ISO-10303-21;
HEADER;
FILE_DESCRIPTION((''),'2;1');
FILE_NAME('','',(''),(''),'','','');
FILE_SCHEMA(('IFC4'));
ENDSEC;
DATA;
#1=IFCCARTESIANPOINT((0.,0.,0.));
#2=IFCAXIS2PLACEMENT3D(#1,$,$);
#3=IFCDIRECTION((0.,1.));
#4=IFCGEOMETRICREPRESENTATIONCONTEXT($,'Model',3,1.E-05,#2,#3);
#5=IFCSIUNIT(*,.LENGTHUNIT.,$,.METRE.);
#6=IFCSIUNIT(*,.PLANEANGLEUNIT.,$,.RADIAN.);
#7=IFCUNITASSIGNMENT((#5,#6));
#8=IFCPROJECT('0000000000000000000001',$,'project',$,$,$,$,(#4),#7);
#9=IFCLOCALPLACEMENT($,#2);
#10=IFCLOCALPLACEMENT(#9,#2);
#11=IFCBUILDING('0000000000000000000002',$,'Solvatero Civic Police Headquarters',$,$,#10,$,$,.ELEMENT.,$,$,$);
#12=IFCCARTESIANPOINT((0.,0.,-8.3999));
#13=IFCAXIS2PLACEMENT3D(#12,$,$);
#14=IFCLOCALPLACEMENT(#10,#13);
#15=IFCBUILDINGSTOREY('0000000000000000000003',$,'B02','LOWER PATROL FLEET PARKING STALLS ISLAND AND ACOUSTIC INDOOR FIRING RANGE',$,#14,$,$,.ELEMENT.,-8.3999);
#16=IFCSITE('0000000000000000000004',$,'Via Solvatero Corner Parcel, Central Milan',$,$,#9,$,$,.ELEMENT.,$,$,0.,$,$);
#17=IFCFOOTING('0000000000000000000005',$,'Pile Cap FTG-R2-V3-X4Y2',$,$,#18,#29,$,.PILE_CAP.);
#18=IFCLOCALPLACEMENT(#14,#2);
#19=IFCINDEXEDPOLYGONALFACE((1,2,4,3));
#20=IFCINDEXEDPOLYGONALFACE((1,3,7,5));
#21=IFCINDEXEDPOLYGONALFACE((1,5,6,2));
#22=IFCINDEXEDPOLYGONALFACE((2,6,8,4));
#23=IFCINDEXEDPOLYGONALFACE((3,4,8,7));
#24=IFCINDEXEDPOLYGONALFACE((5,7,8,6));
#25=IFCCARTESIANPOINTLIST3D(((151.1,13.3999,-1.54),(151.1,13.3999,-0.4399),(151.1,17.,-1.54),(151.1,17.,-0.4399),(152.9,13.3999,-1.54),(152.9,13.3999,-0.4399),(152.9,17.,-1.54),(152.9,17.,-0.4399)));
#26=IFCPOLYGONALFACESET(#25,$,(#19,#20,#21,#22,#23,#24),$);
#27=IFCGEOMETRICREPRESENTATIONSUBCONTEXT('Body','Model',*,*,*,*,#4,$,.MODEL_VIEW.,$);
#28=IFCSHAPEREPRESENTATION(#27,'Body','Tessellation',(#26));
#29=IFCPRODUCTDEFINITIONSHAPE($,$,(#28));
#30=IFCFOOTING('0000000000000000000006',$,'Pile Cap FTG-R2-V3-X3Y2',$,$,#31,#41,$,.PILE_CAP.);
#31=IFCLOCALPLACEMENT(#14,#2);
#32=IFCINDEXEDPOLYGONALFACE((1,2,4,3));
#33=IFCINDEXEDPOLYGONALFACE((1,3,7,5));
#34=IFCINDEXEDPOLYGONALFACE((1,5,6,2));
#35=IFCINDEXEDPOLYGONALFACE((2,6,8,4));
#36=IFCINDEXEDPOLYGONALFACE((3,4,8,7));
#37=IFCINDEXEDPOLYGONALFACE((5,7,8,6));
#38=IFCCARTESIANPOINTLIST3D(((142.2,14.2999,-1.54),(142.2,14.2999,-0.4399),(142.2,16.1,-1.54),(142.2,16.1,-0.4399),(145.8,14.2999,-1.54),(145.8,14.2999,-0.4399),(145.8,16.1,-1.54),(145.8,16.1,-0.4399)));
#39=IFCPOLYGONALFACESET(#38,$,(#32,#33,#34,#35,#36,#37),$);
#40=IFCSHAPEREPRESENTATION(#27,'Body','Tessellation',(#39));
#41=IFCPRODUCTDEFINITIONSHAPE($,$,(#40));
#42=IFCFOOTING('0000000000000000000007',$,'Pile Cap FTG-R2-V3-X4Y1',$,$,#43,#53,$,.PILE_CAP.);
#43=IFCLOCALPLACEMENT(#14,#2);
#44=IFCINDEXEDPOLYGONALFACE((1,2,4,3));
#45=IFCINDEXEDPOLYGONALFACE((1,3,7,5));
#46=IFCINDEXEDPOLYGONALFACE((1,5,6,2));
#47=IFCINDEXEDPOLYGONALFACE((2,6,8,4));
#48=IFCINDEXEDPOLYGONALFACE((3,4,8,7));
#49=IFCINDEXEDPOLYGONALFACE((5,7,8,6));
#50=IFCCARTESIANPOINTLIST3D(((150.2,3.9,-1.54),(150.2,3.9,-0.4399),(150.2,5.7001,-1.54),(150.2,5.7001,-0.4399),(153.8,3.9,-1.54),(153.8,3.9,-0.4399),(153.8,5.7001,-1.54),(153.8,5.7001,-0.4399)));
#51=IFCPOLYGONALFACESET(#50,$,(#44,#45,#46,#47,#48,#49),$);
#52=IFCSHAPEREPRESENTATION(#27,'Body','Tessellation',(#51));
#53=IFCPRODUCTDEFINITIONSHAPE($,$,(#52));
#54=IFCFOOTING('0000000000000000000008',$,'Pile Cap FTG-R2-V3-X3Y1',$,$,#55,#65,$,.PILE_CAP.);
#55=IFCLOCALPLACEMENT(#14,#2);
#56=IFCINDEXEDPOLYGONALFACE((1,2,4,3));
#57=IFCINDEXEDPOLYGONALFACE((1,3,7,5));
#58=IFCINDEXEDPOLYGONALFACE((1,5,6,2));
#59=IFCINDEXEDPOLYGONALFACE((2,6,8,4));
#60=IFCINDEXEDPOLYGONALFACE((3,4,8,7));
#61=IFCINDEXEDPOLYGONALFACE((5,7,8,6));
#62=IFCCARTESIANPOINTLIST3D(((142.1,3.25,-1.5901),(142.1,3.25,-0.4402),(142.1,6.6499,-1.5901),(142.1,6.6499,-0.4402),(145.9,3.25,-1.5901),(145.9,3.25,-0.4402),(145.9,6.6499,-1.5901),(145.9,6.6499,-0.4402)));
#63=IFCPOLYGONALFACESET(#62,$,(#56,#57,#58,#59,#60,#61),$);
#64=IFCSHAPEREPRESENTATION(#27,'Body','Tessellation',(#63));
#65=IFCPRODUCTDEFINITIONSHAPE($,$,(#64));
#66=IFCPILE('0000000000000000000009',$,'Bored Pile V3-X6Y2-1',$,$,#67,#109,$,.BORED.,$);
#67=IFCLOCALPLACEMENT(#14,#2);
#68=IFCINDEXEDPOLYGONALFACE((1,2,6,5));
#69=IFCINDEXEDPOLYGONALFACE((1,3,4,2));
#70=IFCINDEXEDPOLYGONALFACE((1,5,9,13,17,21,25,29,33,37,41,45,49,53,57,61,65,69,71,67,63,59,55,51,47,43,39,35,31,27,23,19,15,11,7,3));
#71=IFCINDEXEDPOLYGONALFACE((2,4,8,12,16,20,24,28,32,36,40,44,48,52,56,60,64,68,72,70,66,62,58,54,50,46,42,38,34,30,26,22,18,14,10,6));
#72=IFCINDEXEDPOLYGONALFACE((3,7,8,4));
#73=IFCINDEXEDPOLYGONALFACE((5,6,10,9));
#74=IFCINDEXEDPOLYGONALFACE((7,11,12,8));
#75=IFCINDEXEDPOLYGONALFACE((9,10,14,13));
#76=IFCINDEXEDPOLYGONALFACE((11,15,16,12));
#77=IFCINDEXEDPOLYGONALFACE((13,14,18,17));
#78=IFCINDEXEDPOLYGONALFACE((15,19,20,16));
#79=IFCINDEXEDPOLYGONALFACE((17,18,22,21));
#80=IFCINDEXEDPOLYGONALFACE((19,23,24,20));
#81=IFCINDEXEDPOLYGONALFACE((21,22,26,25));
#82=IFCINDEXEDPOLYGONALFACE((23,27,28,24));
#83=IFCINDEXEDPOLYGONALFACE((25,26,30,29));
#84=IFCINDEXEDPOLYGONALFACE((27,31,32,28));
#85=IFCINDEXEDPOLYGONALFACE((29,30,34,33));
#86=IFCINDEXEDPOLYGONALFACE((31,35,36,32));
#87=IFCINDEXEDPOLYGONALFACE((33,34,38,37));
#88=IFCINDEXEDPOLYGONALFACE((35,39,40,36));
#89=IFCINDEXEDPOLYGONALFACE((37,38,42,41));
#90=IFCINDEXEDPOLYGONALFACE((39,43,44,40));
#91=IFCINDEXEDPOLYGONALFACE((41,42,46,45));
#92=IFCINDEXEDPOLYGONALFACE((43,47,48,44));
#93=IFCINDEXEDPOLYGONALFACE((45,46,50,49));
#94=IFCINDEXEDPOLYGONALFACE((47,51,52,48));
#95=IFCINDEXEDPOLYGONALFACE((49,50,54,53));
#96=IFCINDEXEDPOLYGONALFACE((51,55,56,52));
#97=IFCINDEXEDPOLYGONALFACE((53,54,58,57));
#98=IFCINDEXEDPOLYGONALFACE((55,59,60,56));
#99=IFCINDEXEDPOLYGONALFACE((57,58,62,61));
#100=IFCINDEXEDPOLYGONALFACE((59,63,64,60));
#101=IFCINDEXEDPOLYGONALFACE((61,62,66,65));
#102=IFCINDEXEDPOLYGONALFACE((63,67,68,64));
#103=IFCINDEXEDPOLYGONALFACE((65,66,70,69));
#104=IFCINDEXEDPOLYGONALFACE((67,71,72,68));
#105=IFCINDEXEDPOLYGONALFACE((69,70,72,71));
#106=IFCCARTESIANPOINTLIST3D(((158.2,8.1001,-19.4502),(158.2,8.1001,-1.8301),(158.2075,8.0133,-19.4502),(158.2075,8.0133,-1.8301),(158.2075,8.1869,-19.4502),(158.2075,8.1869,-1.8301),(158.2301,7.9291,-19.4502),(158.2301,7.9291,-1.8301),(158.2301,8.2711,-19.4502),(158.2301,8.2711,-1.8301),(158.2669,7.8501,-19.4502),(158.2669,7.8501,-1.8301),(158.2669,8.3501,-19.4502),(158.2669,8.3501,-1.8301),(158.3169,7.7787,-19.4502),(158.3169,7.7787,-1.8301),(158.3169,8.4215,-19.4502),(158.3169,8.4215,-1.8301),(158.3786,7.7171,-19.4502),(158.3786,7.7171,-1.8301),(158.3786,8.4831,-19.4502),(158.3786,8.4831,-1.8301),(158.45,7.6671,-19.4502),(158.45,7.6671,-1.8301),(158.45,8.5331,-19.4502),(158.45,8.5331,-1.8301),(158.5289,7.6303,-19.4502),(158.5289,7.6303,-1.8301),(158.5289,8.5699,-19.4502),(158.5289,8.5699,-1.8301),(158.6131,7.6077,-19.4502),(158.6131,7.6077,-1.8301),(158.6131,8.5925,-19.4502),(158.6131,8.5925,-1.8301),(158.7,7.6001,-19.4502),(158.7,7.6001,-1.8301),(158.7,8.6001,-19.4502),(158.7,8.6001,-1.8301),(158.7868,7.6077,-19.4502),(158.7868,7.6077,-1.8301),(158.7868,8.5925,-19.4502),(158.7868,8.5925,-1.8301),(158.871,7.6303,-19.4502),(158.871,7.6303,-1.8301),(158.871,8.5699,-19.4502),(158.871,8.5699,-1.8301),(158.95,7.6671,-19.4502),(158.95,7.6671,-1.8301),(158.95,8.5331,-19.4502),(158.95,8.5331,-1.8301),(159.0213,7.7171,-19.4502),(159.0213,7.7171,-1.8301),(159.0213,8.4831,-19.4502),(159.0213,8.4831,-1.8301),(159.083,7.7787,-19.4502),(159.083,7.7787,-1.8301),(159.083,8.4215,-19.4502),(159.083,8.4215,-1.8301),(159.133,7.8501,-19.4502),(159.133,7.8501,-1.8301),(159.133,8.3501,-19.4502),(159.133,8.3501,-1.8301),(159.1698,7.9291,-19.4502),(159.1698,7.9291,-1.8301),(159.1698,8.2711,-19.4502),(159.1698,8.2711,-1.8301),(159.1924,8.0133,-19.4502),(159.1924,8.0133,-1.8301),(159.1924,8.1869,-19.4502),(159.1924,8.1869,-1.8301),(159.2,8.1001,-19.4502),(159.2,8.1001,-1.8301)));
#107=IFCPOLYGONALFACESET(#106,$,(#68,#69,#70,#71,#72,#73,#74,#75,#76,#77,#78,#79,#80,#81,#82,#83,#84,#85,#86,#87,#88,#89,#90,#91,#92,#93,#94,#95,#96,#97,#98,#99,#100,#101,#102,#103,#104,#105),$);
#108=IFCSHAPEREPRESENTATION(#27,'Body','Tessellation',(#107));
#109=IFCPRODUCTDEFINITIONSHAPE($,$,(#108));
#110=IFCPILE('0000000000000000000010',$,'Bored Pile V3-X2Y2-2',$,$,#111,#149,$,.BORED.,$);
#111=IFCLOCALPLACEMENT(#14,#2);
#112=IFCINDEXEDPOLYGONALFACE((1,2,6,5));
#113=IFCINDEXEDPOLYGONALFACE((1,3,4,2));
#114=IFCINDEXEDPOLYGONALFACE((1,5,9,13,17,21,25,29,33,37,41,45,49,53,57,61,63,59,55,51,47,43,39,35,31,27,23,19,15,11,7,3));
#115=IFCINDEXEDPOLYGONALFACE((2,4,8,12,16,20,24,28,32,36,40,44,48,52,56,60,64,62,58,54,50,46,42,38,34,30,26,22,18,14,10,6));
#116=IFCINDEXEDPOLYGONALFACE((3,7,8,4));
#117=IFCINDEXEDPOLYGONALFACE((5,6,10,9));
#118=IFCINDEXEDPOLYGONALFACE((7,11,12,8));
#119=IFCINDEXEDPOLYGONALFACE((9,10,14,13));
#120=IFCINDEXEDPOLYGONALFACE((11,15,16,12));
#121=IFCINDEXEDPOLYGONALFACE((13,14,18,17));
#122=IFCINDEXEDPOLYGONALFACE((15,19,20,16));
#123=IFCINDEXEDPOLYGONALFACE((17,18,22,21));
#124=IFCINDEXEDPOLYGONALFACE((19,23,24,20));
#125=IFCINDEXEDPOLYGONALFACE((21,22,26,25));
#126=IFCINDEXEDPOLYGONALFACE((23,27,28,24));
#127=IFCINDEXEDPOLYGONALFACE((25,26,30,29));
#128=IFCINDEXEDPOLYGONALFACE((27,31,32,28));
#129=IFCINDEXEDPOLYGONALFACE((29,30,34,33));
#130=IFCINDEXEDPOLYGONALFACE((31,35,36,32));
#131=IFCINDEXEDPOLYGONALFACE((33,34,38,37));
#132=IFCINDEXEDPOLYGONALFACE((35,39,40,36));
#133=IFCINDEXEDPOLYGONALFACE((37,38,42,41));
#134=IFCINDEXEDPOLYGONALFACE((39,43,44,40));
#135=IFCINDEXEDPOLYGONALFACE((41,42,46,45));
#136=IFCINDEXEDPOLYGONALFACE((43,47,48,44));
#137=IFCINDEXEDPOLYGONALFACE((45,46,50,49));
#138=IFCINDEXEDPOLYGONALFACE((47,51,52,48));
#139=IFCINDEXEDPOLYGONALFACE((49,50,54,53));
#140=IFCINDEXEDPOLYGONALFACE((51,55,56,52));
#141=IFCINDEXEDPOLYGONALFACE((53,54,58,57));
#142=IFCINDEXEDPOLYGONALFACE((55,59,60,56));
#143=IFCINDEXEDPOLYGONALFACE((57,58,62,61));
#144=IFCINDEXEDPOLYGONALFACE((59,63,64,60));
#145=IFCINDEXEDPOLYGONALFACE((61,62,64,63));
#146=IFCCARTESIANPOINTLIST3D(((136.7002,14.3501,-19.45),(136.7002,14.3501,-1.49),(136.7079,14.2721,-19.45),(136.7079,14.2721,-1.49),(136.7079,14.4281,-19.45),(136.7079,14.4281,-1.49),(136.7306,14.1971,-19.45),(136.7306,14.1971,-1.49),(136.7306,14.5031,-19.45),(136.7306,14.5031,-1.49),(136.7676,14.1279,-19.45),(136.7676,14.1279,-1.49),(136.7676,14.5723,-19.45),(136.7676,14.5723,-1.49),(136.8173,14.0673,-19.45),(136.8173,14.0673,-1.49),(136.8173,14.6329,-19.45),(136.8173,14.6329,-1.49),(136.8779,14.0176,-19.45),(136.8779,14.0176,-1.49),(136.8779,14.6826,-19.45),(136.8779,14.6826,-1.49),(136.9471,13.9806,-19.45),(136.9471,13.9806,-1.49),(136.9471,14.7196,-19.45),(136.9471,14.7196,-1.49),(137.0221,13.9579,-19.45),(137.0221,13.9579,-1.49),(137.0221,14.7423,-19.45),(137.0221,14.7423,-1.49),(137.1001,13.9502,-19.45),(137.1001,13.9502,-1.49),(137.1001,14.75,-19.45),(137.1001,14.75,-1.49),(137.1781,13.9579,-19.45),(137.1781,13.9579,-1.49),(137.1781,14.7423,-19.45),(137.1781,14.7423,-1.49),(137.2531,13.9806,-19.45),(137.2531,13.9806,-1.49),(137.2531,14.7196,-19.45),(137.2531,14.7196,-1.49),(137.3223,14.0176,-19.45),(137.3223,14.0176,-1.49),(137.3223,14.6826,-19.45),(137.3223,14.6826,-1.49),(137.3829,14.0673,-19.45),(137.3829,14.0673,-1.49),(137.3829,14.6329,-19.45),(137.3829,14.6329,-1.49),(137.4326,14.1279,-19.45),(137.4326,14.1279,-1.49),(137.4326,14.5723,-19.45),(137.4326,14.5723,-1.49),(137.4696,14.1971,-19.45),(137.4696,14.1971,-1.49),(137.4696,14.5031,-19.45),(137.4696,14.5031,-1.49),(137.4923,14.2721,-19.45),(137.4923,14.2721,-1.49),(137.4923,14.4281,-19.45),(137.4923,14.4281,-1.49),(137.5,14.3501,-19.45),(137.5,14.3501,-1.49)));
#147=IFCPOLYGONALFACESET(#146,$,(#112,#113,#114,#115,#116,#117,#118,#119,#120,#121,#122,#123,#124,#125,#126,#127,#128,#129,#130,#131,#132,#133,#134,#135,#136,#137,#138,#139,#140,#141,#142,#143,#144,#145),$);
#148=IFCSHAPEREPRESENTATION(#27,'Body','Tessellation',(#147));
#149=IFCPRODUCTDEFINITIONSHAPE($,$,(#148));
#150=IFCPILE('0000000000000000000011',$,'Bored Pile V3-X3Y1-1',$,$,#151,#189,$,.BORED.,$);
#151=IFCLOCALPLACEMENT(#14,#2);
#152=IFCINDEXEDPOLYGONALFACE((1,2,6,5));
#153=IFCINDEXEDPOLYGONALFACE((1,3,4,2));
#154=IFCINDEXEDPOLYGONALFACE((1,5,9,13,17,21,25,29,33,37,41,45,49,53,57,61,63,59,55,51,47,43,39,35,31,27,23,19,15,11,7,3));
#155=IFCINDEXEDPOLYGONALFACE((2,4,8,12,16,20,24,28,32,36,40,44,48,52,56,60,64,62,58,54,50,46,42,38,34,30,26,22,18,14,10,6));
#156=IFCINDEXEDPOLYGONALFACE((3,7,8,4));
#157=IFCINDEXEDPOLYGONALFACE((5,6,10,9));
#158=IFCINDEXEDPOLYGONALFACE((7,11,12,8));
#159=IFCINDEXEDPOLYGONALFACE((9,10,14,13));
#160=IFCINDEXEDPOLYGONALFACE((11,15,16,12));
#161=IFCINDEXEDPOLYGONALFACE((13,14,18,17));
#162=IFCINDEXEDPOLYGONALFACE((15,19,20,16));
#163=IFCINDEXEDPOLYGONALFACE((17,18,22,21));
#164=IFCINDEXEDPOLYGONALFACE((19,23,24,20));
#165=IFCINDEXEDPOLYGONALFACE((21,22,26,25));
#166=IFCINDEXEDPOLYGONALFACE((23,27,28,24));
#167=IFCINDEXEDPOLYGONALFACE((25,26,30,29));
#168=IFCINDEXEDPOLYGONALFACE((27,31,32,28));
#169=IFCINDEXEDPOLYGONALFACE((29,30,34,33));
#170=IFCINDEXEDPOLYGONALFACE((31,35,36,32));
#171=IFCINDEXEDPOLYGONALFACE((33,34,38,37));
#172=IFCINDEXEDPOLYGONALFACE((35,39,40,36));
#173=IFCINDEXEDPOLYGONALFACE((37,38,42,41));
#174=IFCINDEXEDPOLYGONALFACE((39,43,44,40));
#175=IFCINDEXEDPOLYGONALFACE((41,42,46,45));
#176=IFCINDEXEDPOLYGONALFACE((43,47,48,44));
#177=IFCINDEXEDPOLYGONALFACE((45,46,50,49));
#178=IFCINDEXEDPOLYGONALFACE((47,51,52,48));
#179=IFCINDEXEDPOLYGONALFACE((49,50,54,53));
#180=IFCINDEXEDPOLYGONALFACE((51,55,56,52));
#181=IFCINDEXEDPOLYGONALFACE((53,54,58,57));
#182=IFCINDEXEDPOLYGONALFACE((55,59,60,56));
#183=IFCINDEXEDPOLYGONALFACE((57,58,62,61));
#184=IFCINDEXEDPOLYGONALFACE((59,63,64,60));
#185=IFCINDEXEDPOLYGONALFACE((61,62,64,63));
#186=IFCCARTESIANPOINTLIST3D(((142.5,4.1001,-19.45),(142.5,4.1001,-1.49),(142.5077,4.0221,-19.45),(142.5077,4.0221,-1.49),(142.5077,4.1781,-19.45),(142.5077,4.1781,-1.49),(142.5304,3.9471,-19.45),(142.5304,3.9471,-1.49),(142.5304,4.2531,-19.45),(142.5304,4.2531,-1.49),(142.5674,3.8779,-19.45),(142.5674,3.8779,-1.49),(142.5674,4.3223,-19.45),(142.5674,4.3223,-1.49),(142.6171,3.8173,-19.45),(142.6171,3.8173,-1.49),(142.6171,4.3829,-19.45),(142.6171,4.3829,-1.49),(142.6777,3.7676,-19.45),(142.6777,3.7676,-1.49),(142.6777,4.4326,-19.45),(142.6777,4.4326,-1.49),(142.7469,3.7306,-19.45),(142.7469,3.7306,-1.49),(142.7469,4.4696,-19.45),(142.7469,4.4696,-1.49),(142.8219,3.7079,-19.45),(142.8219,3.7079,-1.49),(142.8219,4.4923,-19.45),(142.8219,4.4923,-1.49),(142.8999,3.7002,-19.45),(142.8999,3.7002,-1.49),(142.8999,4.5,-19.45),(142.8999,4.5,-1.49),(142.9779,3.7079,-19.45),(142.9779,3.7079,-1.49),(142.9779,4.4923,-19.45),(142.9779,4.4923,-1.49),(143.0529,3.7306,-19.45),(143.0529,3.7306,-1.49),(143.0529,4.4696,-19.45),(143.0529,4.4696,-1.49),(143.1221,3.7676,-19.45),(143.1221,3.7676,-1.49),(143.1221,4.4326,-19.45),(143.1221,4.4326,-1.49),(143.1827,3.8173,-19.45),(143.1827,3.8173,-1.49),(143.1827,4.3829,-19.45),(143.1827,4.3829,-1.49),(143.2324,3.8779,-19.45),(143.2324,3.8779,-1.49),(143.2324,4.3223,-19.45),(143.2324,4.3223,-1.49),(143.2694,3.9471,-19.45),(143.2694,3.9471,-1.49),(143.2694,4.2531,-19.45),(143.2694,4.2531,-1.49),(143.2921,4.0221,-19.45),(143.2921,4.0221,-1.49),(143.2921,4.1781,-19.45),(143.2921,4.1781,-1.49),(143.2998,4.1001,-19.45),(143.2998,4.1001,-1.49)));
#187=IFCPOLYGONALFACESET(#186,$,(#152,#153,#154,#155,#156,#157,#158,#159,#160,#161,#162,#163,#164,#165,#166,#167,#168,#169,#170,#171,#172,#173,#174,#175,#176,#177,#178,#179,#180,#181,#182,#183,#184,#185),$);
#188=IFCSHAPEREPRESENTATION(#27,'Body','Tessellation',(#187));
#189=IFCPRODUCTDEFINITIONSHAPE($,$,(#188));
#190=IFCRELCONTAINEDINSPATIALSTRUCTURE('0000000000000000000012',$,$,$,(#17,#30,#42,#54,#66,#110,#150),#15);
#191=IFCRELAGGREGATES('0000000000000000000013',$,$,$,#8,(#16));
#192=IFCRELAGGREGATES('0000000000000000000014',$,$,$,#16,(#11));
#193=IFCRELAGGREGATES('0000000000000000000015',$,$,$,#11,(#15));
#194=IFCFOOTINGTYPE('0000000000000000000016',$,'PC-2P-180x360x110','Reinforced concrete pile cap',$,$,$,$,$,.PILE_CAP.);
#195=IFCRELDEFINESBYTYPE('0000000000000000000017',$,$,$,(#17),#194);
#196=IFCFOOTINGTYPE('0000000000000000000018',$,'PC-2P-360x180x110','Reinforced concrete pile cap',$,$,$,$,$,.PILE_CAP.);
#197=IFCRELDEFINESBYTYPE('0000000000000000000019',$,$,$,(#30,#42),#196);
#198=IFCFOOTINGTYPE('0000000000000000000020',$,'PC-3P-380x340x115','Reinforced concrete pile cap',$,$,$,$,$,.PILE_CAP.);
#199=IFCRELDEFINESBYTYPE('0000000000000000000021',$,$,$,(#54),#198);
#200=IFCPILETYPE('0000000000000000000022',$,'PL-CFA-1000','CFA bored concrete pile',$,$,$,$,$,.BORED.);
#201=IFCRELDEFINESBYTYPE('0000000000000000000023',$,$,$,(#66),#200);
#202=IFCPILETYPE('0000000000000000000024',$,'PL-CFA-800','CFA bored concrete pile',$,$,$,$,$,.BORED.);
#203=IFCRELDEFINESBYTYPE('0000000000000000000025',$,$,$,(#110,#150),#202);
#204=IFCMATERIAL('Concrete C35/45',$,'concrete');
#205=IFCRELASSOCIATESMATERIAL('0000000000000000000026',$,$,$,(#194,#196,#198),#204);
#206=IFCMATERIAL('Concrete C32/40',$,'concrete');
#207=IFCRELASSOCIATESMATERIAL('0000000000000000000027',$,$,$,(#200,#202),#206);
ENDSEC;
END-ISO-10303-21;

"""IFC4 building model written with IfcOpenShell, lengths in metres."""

from ifc_helpers import new_model, si_unit, direction, frame, origin, origin_2d, place, context, subcontext, project, spatial, rectangle, circle, extrude, material, material_profile, profile_set, type_object, element, save


model = new_model("IFC4")

# Units and contexts
model_context = context("Model", 3, precision=1e-05, world=origin(), true_north=direction((0.0, 1.0)))
body_context = subcontext(model_context, "Body", "Model", "MODEL_VIEW")
ifc_project = project(units=[si_unit("LENGTHUNIT", "METRE"), si_unit("PLANEANGLEUNIT", "RADIAN")], contexts=[model_context])

# Site, building, storey
site_placement = place(None, origin())
site = spatial("IfcSite", under=ifc_project, at=site_placement, Name="Via Solvatero Corner Parcel, Central Milan", CompositionType="ELEMENT", RefElevation=0.0)
building_placement = place(site_placement, origin())
building = spatial("IfcBuilding", under=site, at=building_placement, Name="Solvatero Civic Police Headquarters", CompositionType="ELEMENT")
storey_placement = place(building_placement, frame((0.0, 0.0, -8.3999)))
storey = spatial("IfcBuildingStorey", under=building, at=storey_placement, Name="B02", Description="LOWER PATROL FLEET PARKING STALLS ISLAND AND ACOUSTIC INDOOR FIRING RANGE", CompositionType="ELEMENT", Elevation=-8.3999)

# Footings
ifc_material_1 = material(Name="Concrete C35/45", Category="concrete")
footing_type_1 = type_object("IfcFootingType", Name="PC-2P-180x360x110", Description="Reinforced concrete pile cap", PredefinedType="PILE_CAP", material=ifc_material_1)
footing_1_placement = place(storey_placement, frame((152.0, 15.2, -1.54), z_axis=(0.0, 0.0, 1.0), x_axis=(1.0, 0.0, 0.0)))
element("IfcFooting", 1, at=footing_1_placement, inside=storey, type_object=footing_type_1, Name="Pile Cap FTG-R2-V3-X4Y2", PredefinedType="PILE_CAP", context=body_context, shape_type="SweptSolid", body=[
    extrude(rectangle(XDim=1.8, YDim=3.6001, at=origin_2d()), origin(), (0.0, 0.0, 1.0), 1.1001),
])
footing_type_2 = type_object("IfcFootingType", Name="PC-2P-360x180x110", Description="Reinforced concrete pile cap", PredefinedType="PILE_CAP", material=ifc_material_1)
for number, where, z_axis, x_axis, name in (
    (2, (144.0, 15.2, -1.54), (0.0, 0.0, 1.0), (1.0, 0.0, 0.0), "Pile Cap FTG-R2-V3-X3Y2"),
    (3, (152.0, 4.8, -1.54), (0.0, 0.0, 1.0), (1.0, 0.0, 0.0), "Pile Cap FTG-R2-V3-X4Y1"),
):
    element("IfcFooting", number, at=place(storey_placement, frame(where, z_axis=z_axis, x_axis=x_axis)), inside=storey, type_object=footing_type_2, Name=name, PredefinedType="PILE_CAP", context=body_context, shape_type="SweptSolid", body=[
        extrude(rectangle(XDim=3.6001, YDim=1.8, at=origin_2d()), origin(), (0.0, 0.0, 1.0), 1.1001),
    ])
footing_type_3 = type_object("IfcFootingType", Name="PC-3P-380x340x115", Description="Reinforced concrete pile cap", PredefinedType="PILE_CAP", material=ifc_material_1)
footing_2_placement = place(storey_placement, frame((144.0, 4.95, -1.5901), z_axis=(0.0, 0.0, 1.0), x_axis=(1.0, 0.0, 0.0)))
element("IfcFooting", 4, at=footing_2_placement, inside=storey, type_object=footing_type_3, Name="Pile Cap FTG-R2-V3-X3Y1", PredefinedType="PILE_CAP", context=body_context, shape_type="SweptSolid", body=[
    extrude(rectangle(XDim=3.8, YDim=3.3999, at=origin_2d()), origin(), (0.0, 0.0, 1.0), 1.1499),
])

# Piles
ifc_material_2 = material(Name="Concrete C32/40", Category="concrete")
ifc_material_profile_1 = material_profile(ifc_material_2, circle(Radius=0.5, at=origin_2d()), Name="CFA PILE D1000")
ifc_profile_set_1 = profile_set([ifc_material_profile_1], Name="Concrete C32/40")
pile_type_1 = type_object("IfcPileType", Name="PL-CFA-1000", Description="CFA bored concrete pile", PredefinedType="BORED", material=ifc_profile_set_1)
pile_placement = place(storey_placement, frame((158.7, 8.1001, -1.8301), z_axis=(0.0, 0.0, -1.0), x_axis=(1.0, 0.0, 0.0)))
element("IfcPile", 5, at=pile_placement, inside=storey, type_object=pile_type_1, Name="Bored Pile V3-X6Y2-1", PredefinedType="BORED", context=body_context, shape_type="SweptSolid", body=[
    extrude(circle(Radius=0.5, at=origin_2d()), origin(), (0.0, 0.0, 1.0), 17.6201),
])
ifc_material_profile_2 = material_profile(ifc_material_2, circle(Radius=0.3999, at=origin_2d()), Name="CFA PILE D800")
ifc_profile_set_2 = profile_set([ifc_material_profile_2], Name="Concrete C32/40")
pile_type_2 = type_object("IfcPileType", Name="PL-CFA-800", Description="CFA bored concrete pile", PredefinedType="BORED", material=ifc_profile_set_2)
for number, where, z_axis, x_axis, name in (
    (6, (137.1001, 14.3501, -1.49), (0.0, 0.0, -1.0), (1.0, 0.0, 0.0), "Bored Pile V3-X2Y2-2"),
    (7, (142.8999, 4.1001, -1.49), (0.0, 0.0, -1.0), (1.0, 0.0, 0.0), "Bored Pile V3-X3Y1-1"),
):
    element("IfcPile", number, at=place(storey_placement, frame(where, z_axis=z_axis, x_axis=x_axis)), inside=storey, type_object=pile_type_2, Name=name, PredefinedType="BORED", context=body_context, shape_type="SweptSolid", body=[
        extrude(circle(Radius=0.3999, at=origin_2d()), origin(), (0.0, 0.0, 1.0), 17.96),
    ])

save(model, "model.ifc")
